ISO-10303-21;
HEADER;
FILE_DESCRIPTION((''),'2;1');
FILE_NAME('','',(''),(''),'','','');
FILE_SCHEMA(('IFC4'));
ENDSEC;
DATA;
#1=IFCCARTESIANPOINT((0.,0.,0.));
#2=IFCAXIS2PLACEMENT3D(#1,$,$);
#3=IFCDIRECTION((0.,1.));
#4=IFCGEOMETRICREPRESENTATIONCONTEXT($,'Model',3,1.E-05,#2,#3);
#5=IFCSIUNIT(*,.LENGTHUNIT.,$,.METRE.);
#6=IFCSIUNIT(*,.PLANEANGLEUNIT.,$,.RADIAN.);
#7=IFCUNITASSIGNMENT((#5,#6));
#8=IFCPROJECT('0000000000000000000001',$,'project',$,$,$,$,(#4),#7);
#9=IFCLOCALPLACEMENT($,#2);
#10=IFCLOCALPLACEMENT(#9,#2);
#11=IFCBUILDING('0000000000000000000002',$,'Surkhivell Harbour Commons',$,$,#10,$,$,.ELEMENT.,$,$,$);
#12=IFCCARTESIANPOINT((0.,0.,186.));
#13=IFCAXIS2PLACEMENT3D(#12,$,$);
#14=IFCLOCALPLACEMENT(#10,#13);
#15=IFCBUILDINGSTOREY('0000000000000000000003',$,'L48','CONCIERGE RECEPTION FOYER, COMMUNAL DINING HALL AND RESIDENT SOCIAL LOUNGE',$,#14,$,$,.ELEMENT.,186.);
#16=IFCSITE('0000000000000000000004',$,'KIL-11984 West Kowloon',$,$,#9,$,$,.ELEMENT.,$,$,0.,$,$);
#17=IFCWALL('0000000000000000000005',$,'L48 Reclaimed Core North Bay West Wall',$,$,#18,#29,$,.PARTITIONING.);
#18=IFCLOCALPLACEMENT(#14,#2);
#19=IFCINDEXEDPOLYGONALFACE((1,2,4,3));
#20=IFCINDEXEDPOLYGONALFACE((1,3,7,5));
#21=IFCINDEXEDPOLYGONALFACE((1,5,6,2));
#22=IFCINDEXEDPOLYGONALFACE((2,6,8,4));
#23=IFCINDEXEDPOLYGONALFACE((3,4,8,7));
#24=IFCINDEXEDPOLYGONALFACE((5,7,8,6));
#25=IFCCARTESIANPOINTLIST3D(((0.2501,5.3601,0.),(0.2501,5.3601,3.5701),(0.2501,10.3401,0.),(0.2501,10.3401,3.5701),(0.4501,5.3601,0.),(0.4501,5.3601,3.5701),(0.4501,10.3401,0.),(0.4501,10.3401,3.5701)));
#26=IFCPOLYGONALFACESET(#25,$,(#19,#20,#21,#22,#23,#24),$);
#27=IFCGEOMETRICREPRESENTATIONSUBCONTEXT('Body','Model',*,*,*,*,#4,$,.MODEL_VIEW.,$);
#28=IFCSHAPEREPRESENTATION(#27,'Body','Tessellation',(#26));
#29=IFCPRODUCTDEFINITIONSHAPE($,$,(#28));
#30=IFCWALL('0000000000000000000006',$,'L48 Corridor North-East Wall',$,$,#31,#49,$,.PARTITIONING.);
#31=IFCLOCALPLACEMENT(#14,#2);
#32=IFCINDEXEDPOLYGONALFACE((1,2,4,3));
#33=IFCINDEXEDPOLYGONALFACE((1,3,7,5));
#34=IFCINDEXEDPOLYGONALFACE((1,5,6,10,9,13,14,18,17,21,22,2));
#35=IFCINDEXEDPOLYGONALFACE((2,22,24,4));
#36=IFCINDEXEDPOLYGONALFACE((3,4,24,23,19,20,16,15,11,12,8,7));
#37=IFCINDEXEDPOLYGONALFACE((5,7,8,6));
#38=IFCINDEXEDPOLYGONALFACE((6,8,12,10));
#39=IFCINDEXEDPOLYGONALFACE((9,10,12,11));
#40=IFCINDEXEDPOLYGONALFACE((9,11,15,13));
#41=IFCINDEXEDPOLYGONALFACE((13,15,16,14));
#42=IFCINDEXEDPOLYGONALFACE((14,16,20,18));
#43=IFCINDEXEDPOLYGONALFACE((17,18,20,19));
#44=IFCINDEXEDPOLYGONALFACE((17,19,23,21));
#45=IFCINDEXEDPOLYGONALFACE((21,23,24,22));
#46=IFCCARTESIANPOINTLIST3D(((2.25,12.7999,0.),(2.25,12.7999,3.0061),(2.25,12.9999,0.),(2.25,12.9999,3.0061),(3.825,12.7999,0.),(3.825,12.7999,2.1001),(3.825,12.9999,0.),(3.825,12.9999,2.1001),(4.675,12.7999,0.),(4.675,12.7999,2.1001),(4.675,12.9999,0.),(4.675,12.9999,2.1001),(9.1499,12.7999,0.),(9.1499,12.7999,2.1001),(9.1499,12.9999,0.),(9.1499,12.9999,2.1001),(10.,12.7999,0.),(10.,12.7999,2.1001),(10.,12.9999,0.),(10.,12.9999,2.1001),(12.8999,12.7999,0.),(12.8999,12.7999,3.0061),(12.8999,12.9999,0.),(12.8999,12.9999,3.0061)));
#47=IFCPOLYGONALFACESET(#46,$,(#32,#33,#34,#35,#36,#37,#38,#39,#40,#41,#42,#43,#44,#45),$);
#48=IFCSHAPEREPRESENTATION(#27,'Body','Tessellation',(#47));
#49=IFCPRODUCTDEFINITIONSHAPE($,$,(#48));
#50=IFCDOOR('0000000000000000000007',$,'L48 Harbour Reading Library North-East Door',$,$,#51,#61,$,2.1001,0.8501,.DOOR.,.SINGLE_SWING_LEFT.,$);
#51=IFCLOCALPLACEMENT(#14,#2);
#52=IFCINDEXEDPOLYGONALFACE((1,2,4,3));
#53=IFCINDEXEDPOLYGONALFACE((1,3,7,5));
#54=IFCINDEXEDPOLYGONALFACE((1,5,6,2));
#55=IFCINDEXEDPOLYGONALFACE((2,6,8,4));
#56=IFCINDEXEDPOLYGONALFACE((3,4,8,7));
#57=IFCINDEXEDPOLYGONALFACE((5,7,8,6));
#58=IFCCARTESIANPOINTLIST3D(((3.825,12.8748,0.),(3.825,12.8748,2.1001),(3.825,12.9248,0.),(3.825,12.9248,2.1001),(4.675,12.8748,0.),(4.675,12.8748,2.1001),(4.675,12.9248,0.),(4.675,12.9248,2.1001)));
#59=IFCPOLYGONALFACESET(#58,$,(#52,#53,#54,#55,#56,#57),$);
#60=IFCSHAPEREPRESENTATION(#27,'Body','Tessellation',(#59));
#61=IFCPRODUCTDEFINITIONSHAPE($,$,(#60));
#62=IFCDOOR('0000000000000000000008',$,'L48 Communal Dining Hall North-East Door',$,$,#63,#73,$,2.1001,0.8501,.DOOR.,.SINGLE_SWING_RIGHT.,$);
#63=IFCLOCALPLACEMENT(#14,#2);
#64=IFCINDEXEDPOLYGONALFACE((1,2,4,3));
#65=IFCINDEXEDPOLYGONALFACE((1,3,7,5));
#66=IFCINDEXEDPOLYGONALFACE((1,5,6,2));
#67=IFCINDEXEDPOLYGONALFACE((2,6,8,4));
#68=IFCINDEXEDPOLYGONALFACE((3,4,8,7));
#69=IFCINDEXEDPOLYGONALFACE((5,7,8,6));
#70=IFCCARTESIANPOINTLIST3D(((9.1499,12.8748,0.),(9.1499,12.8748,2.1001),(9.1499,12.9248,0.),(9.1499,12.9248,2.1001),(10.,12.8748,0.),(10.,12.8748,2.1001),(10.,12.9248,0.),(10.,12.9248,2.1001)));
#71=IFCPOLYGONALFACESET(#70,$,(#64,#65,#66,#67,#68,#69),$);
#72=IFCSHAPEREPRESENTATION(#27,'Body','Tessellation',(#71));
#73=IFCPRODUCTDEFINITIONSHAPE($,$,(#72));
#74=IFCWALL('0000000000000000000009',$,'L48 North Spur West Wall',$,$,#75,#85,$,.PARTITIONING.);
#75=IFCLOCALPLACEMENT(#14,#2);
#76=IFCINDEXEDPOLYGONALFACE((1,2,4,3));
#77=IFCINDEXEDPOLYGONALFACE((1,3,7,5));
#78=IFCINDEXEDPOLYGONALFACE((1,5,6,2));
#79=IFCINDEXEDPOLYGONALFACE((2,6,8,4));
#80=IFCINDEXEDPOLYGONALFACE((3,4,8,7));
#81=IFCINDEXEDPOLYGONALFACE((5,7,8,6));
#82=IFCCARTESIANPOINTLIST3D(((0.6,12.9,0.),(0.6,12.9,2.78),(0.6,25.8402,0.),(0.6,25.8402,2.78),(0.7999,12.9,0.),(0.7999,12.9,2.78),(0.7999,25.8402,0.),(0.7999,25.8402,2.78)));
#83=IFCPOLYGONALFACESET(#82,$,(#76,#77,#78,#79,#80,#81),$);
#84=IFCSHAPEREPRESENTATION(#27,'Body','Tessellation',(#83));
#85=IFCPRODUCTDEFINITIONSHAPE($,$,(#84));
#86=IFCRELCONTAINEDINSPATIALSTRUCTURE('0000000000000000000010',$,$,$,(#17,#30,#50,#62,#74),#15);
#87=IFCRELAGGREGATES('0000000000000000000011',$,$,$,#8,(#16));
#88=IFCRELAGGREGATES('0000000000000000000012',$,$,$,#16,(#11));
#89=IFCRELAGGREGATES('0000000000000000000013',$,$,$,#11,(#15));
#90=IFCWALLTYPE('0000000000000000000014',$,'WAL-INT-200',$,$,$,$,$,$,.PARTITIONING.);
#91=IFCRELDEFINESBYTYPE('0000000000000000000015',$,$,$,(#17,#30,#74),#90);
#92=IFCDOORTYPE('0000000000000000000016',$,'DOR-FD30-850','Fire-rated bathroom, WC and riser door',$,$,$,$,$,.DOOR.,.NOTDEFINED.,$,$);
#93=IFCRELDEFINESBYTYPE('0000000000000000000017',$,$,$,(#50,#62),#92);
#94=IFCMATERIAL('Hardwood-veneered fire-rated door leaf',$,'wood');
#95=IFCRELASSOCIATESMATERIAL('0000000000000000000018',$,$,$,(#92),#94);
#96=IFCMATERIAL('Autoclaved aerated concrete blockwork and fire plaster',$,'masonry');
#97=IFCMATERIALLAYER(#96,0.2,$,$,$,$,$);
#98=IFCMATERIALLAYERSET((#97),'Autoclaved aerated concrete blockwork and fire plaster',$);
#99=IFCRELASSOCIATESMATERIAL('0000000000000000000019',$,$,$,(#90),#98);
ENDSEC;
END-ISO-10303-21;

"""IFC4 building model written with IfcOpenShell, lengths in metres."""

from ifc_helpers import new_model, si_unit, direction, frame, frame_2d, origin, place, context, subcontext, project, spatial, rectangle, extrude, material, layer, layer_set, type_object, element, fill, save


model = new_model("IFC4")

# Units and contexts
model_context = context("Model", 3, precision=1e-05, world=origin(), true_north=direction((0.0, 1.0)))
body_context = subcontext(model_context, "Body", "Model", "MODEL_VIEW")
ifc_project = project(units=[si_unit("LENGTHUNIT", "METRE"), si_unit("PLANEANGLEUNIT", "RADIAN")], contexts=[model_context])

# Site, building, storey
site_placement = place(None, origin())
site = spatial("IfcSite", under=ifc_project, at=site_placement, Name="KIL-11984 West Kowloon", CompositionType="ELEMENT", RefElevation=0.0)
building_placement = place(site_placement, origin())
building = spatial("IfcBuilding", under=site, at=building_placement, Name="Surkhivell Harbour Commons", CompositionType="ELEMENT")
storey_placement = place(building_placement, frame((0.0, 0.0, 186.0)))
storey = spatial("IfcBuildingStorey", under=building, at=storey_placement, Name="L48", Description="CONCIERGE RECEPTION FOYER, COMMUNAL DINING HALL AND RESIDENT SOCIAL LOUNGE", CompositionType="ELEMENT", Elevation=186.0)

# Shared definitions
ifc_material_1 = material(Name="Hardwood-veneered fire-rated door leaf", Category="wood")
door_type_1 = type_object("IfcDoorType", Name="DOR-FD30-850", Description="Fire-rated bathroom, WC and riser door", OperationType="NOTDEFINED", PredefinedType="DOOR", material=ifc_material_1)

# Shared definitions
ifc_material_2 = material(Name="Autoclaved aerated concrete blockwork and fire plaster", Category="masonry")
ifc_layer_1 = layer(ifc_material_2, 0.2)
ifc_layer_set_1 = layer_set([ifc_layer_1], Name="Autoclaved aerated concrete blockwork and fire plaster")
wall_type_1 = type_object("IfcWallType", Name="WAL-INT-200", PredefinedType="PARTITIONING", material=ifc_layer_set_1)

# Wall
wall_1_placement = place(storey_placement, frame((0.3501, 5.3601, 0.0), z_axis=(0.0, 0.0, 1.0), x_axis=(0.0, 1.0, 0.0)))
element("IfcWall", 1, at=wall_1_placement, inside=storey, type_object=wall_type_1, Name="L48 Reclaimed Core North Bay West Wall", PredefinedType="PARTITIONING", context=body_context, shape_type="SweptSolid", body=[
    extrude(rectangle(XDim=4.98, YDim=0.2, at=frame_2d((2.49, 0.0))), origin(), (0.0, 0.0, 1.0), 3.5701),
])

# Wall, openings, doors
wall_2_placement = place(storey_placement, frame((2.25, 12.8999, 0.0), z_axis=(0.0, 0.0, 1.0), x_axis=(1.0, 0.0, 0.0)))
wall_2 = element("IfcWall", 2, at=wall_2_placement, inside=storey, type_object=wall_type_1, Name="L48 Corridor North-East Wall", PredefinedType="PARTITIONING", context=body_context, shape_type="SweptSolid", body=[
    extrude(rectangle(XDim=10.6499, YDim=0.2, at=frame_2d((5.325, 0.0))), origin(), (0.0, 0.0, 1.0), 3.0061),
])
opening_1_placement = place(wall_2_placement, frame((1.575, 0.0, 0.0)))
opening_1 = element("IfcOpeningElement", 3, at=opening_1_placement, cuts=wall_2, PredefinedType="OPENING", context=body_context, shape_type="SweptSolid", body=[
    extrude(rectangle(XDim=0.8501, YDim=2.1001, at=frame_2d((0.425, 1.05))), frame((0.0, 0.1099, 0.0), z_axis=(0.0, -1.0, 0.0), x_axis=(1.0, 0.0, 0.0)), (0.0, 0.0, 1.0), 0.22),
])
opening_2_placement = place(wall_2_placement, frame((6.8999, 0.0, 0.0)))
opening_2 = element("IfcOpeningElement", 4, at=opening_2_placement, cuts=wall_2, PredefinedType="OPENING", context=body_context, shape_type="SweptSolid", body=[
    extrude(rectangle(XDim=0.8501, YDim=2.1001, at=frame_2d((0.425, 1.05))), frame((0.0, 0.1099, 0.0), z_axis=(0.0, -1.0, 0.0), x_axis=(1.0, 0.0, 0.0)), (0.0, 0.0, 1.0), 0.22),
])
door_1_placement = place(opening_1_placement, origin())
door_1 = element("IfcDoor", 5, at=door_1_placement, inside=storey, type_object=door_type_1, Name="L48 Harbour Reading Library North-East Door", OperationType="SINGLE_SWING_LEFT", OverallHeight=2.1001, OverallWidth=0.8501, PredefinedType="DOOR", context=body_context, shape_type="SweptSolid", body=[
    extrude(rectangle(XDim=0.8501, YDim=2.1001, at=frame_2d((0.425, 1.05))), frame((0.0, 0.0249, 0.0), z_axis=(0.0, -1.0, 0.0), x_axis=(1.0, 0.0, 0.0)), (0.0, 0.0, 1.0), 0.05),
])
fill(opening_1, door_1)
door_2_placement = place(opening_2_placement, origin())
door_2 = element("IfcDoor", 6, at=door_2_placement, inside=storey, type_object=door_type_1, Name="L48 Communal Dining Hall North-East Door", OperationType="SINGLE_SWING_RIGHT", OverallHeight=2.1001, OverallWidth=0.8501, PredefinedType="DOOR", context=body_context, shape_type="SweptSolid", body=[
    extrude(rectangle(XDim=0.8501, YDim=2.1001, at=frame_2d((0.425, 1.05))), frame((0.0, 0.0249, 0.0), z_axis=(0.0, -1.0, 0.0), x_axis=(1.0, 0.0, 0.0)), (0.0, 0.0, 1.0), 0.05),
])
fill(opening_2, door_2)

# Wall
wall_3_placement = place(storey_placement, frame((0.7, 12.8999, 0.0), z_axis=(0.0, 0.0, 1.0), x_axis=(0.0, 1.0, 0.0)))
element("IfcWall", 7, at=wall_3_placement, inside=storey, type_object=wall_type_1, Name="L48 North Spur West Wall", PredefinedType="PARTITIONING", context=body_context, shape_type="SweptSolid", body=[
    extrude(rectangle(XDim=12.9402, YDim=0.2, at=frame_2d((6.4702, 0.0))), origin(), (0.0, 0.0, 1.0), 2.78),
])

save(model, "model.ifc")
